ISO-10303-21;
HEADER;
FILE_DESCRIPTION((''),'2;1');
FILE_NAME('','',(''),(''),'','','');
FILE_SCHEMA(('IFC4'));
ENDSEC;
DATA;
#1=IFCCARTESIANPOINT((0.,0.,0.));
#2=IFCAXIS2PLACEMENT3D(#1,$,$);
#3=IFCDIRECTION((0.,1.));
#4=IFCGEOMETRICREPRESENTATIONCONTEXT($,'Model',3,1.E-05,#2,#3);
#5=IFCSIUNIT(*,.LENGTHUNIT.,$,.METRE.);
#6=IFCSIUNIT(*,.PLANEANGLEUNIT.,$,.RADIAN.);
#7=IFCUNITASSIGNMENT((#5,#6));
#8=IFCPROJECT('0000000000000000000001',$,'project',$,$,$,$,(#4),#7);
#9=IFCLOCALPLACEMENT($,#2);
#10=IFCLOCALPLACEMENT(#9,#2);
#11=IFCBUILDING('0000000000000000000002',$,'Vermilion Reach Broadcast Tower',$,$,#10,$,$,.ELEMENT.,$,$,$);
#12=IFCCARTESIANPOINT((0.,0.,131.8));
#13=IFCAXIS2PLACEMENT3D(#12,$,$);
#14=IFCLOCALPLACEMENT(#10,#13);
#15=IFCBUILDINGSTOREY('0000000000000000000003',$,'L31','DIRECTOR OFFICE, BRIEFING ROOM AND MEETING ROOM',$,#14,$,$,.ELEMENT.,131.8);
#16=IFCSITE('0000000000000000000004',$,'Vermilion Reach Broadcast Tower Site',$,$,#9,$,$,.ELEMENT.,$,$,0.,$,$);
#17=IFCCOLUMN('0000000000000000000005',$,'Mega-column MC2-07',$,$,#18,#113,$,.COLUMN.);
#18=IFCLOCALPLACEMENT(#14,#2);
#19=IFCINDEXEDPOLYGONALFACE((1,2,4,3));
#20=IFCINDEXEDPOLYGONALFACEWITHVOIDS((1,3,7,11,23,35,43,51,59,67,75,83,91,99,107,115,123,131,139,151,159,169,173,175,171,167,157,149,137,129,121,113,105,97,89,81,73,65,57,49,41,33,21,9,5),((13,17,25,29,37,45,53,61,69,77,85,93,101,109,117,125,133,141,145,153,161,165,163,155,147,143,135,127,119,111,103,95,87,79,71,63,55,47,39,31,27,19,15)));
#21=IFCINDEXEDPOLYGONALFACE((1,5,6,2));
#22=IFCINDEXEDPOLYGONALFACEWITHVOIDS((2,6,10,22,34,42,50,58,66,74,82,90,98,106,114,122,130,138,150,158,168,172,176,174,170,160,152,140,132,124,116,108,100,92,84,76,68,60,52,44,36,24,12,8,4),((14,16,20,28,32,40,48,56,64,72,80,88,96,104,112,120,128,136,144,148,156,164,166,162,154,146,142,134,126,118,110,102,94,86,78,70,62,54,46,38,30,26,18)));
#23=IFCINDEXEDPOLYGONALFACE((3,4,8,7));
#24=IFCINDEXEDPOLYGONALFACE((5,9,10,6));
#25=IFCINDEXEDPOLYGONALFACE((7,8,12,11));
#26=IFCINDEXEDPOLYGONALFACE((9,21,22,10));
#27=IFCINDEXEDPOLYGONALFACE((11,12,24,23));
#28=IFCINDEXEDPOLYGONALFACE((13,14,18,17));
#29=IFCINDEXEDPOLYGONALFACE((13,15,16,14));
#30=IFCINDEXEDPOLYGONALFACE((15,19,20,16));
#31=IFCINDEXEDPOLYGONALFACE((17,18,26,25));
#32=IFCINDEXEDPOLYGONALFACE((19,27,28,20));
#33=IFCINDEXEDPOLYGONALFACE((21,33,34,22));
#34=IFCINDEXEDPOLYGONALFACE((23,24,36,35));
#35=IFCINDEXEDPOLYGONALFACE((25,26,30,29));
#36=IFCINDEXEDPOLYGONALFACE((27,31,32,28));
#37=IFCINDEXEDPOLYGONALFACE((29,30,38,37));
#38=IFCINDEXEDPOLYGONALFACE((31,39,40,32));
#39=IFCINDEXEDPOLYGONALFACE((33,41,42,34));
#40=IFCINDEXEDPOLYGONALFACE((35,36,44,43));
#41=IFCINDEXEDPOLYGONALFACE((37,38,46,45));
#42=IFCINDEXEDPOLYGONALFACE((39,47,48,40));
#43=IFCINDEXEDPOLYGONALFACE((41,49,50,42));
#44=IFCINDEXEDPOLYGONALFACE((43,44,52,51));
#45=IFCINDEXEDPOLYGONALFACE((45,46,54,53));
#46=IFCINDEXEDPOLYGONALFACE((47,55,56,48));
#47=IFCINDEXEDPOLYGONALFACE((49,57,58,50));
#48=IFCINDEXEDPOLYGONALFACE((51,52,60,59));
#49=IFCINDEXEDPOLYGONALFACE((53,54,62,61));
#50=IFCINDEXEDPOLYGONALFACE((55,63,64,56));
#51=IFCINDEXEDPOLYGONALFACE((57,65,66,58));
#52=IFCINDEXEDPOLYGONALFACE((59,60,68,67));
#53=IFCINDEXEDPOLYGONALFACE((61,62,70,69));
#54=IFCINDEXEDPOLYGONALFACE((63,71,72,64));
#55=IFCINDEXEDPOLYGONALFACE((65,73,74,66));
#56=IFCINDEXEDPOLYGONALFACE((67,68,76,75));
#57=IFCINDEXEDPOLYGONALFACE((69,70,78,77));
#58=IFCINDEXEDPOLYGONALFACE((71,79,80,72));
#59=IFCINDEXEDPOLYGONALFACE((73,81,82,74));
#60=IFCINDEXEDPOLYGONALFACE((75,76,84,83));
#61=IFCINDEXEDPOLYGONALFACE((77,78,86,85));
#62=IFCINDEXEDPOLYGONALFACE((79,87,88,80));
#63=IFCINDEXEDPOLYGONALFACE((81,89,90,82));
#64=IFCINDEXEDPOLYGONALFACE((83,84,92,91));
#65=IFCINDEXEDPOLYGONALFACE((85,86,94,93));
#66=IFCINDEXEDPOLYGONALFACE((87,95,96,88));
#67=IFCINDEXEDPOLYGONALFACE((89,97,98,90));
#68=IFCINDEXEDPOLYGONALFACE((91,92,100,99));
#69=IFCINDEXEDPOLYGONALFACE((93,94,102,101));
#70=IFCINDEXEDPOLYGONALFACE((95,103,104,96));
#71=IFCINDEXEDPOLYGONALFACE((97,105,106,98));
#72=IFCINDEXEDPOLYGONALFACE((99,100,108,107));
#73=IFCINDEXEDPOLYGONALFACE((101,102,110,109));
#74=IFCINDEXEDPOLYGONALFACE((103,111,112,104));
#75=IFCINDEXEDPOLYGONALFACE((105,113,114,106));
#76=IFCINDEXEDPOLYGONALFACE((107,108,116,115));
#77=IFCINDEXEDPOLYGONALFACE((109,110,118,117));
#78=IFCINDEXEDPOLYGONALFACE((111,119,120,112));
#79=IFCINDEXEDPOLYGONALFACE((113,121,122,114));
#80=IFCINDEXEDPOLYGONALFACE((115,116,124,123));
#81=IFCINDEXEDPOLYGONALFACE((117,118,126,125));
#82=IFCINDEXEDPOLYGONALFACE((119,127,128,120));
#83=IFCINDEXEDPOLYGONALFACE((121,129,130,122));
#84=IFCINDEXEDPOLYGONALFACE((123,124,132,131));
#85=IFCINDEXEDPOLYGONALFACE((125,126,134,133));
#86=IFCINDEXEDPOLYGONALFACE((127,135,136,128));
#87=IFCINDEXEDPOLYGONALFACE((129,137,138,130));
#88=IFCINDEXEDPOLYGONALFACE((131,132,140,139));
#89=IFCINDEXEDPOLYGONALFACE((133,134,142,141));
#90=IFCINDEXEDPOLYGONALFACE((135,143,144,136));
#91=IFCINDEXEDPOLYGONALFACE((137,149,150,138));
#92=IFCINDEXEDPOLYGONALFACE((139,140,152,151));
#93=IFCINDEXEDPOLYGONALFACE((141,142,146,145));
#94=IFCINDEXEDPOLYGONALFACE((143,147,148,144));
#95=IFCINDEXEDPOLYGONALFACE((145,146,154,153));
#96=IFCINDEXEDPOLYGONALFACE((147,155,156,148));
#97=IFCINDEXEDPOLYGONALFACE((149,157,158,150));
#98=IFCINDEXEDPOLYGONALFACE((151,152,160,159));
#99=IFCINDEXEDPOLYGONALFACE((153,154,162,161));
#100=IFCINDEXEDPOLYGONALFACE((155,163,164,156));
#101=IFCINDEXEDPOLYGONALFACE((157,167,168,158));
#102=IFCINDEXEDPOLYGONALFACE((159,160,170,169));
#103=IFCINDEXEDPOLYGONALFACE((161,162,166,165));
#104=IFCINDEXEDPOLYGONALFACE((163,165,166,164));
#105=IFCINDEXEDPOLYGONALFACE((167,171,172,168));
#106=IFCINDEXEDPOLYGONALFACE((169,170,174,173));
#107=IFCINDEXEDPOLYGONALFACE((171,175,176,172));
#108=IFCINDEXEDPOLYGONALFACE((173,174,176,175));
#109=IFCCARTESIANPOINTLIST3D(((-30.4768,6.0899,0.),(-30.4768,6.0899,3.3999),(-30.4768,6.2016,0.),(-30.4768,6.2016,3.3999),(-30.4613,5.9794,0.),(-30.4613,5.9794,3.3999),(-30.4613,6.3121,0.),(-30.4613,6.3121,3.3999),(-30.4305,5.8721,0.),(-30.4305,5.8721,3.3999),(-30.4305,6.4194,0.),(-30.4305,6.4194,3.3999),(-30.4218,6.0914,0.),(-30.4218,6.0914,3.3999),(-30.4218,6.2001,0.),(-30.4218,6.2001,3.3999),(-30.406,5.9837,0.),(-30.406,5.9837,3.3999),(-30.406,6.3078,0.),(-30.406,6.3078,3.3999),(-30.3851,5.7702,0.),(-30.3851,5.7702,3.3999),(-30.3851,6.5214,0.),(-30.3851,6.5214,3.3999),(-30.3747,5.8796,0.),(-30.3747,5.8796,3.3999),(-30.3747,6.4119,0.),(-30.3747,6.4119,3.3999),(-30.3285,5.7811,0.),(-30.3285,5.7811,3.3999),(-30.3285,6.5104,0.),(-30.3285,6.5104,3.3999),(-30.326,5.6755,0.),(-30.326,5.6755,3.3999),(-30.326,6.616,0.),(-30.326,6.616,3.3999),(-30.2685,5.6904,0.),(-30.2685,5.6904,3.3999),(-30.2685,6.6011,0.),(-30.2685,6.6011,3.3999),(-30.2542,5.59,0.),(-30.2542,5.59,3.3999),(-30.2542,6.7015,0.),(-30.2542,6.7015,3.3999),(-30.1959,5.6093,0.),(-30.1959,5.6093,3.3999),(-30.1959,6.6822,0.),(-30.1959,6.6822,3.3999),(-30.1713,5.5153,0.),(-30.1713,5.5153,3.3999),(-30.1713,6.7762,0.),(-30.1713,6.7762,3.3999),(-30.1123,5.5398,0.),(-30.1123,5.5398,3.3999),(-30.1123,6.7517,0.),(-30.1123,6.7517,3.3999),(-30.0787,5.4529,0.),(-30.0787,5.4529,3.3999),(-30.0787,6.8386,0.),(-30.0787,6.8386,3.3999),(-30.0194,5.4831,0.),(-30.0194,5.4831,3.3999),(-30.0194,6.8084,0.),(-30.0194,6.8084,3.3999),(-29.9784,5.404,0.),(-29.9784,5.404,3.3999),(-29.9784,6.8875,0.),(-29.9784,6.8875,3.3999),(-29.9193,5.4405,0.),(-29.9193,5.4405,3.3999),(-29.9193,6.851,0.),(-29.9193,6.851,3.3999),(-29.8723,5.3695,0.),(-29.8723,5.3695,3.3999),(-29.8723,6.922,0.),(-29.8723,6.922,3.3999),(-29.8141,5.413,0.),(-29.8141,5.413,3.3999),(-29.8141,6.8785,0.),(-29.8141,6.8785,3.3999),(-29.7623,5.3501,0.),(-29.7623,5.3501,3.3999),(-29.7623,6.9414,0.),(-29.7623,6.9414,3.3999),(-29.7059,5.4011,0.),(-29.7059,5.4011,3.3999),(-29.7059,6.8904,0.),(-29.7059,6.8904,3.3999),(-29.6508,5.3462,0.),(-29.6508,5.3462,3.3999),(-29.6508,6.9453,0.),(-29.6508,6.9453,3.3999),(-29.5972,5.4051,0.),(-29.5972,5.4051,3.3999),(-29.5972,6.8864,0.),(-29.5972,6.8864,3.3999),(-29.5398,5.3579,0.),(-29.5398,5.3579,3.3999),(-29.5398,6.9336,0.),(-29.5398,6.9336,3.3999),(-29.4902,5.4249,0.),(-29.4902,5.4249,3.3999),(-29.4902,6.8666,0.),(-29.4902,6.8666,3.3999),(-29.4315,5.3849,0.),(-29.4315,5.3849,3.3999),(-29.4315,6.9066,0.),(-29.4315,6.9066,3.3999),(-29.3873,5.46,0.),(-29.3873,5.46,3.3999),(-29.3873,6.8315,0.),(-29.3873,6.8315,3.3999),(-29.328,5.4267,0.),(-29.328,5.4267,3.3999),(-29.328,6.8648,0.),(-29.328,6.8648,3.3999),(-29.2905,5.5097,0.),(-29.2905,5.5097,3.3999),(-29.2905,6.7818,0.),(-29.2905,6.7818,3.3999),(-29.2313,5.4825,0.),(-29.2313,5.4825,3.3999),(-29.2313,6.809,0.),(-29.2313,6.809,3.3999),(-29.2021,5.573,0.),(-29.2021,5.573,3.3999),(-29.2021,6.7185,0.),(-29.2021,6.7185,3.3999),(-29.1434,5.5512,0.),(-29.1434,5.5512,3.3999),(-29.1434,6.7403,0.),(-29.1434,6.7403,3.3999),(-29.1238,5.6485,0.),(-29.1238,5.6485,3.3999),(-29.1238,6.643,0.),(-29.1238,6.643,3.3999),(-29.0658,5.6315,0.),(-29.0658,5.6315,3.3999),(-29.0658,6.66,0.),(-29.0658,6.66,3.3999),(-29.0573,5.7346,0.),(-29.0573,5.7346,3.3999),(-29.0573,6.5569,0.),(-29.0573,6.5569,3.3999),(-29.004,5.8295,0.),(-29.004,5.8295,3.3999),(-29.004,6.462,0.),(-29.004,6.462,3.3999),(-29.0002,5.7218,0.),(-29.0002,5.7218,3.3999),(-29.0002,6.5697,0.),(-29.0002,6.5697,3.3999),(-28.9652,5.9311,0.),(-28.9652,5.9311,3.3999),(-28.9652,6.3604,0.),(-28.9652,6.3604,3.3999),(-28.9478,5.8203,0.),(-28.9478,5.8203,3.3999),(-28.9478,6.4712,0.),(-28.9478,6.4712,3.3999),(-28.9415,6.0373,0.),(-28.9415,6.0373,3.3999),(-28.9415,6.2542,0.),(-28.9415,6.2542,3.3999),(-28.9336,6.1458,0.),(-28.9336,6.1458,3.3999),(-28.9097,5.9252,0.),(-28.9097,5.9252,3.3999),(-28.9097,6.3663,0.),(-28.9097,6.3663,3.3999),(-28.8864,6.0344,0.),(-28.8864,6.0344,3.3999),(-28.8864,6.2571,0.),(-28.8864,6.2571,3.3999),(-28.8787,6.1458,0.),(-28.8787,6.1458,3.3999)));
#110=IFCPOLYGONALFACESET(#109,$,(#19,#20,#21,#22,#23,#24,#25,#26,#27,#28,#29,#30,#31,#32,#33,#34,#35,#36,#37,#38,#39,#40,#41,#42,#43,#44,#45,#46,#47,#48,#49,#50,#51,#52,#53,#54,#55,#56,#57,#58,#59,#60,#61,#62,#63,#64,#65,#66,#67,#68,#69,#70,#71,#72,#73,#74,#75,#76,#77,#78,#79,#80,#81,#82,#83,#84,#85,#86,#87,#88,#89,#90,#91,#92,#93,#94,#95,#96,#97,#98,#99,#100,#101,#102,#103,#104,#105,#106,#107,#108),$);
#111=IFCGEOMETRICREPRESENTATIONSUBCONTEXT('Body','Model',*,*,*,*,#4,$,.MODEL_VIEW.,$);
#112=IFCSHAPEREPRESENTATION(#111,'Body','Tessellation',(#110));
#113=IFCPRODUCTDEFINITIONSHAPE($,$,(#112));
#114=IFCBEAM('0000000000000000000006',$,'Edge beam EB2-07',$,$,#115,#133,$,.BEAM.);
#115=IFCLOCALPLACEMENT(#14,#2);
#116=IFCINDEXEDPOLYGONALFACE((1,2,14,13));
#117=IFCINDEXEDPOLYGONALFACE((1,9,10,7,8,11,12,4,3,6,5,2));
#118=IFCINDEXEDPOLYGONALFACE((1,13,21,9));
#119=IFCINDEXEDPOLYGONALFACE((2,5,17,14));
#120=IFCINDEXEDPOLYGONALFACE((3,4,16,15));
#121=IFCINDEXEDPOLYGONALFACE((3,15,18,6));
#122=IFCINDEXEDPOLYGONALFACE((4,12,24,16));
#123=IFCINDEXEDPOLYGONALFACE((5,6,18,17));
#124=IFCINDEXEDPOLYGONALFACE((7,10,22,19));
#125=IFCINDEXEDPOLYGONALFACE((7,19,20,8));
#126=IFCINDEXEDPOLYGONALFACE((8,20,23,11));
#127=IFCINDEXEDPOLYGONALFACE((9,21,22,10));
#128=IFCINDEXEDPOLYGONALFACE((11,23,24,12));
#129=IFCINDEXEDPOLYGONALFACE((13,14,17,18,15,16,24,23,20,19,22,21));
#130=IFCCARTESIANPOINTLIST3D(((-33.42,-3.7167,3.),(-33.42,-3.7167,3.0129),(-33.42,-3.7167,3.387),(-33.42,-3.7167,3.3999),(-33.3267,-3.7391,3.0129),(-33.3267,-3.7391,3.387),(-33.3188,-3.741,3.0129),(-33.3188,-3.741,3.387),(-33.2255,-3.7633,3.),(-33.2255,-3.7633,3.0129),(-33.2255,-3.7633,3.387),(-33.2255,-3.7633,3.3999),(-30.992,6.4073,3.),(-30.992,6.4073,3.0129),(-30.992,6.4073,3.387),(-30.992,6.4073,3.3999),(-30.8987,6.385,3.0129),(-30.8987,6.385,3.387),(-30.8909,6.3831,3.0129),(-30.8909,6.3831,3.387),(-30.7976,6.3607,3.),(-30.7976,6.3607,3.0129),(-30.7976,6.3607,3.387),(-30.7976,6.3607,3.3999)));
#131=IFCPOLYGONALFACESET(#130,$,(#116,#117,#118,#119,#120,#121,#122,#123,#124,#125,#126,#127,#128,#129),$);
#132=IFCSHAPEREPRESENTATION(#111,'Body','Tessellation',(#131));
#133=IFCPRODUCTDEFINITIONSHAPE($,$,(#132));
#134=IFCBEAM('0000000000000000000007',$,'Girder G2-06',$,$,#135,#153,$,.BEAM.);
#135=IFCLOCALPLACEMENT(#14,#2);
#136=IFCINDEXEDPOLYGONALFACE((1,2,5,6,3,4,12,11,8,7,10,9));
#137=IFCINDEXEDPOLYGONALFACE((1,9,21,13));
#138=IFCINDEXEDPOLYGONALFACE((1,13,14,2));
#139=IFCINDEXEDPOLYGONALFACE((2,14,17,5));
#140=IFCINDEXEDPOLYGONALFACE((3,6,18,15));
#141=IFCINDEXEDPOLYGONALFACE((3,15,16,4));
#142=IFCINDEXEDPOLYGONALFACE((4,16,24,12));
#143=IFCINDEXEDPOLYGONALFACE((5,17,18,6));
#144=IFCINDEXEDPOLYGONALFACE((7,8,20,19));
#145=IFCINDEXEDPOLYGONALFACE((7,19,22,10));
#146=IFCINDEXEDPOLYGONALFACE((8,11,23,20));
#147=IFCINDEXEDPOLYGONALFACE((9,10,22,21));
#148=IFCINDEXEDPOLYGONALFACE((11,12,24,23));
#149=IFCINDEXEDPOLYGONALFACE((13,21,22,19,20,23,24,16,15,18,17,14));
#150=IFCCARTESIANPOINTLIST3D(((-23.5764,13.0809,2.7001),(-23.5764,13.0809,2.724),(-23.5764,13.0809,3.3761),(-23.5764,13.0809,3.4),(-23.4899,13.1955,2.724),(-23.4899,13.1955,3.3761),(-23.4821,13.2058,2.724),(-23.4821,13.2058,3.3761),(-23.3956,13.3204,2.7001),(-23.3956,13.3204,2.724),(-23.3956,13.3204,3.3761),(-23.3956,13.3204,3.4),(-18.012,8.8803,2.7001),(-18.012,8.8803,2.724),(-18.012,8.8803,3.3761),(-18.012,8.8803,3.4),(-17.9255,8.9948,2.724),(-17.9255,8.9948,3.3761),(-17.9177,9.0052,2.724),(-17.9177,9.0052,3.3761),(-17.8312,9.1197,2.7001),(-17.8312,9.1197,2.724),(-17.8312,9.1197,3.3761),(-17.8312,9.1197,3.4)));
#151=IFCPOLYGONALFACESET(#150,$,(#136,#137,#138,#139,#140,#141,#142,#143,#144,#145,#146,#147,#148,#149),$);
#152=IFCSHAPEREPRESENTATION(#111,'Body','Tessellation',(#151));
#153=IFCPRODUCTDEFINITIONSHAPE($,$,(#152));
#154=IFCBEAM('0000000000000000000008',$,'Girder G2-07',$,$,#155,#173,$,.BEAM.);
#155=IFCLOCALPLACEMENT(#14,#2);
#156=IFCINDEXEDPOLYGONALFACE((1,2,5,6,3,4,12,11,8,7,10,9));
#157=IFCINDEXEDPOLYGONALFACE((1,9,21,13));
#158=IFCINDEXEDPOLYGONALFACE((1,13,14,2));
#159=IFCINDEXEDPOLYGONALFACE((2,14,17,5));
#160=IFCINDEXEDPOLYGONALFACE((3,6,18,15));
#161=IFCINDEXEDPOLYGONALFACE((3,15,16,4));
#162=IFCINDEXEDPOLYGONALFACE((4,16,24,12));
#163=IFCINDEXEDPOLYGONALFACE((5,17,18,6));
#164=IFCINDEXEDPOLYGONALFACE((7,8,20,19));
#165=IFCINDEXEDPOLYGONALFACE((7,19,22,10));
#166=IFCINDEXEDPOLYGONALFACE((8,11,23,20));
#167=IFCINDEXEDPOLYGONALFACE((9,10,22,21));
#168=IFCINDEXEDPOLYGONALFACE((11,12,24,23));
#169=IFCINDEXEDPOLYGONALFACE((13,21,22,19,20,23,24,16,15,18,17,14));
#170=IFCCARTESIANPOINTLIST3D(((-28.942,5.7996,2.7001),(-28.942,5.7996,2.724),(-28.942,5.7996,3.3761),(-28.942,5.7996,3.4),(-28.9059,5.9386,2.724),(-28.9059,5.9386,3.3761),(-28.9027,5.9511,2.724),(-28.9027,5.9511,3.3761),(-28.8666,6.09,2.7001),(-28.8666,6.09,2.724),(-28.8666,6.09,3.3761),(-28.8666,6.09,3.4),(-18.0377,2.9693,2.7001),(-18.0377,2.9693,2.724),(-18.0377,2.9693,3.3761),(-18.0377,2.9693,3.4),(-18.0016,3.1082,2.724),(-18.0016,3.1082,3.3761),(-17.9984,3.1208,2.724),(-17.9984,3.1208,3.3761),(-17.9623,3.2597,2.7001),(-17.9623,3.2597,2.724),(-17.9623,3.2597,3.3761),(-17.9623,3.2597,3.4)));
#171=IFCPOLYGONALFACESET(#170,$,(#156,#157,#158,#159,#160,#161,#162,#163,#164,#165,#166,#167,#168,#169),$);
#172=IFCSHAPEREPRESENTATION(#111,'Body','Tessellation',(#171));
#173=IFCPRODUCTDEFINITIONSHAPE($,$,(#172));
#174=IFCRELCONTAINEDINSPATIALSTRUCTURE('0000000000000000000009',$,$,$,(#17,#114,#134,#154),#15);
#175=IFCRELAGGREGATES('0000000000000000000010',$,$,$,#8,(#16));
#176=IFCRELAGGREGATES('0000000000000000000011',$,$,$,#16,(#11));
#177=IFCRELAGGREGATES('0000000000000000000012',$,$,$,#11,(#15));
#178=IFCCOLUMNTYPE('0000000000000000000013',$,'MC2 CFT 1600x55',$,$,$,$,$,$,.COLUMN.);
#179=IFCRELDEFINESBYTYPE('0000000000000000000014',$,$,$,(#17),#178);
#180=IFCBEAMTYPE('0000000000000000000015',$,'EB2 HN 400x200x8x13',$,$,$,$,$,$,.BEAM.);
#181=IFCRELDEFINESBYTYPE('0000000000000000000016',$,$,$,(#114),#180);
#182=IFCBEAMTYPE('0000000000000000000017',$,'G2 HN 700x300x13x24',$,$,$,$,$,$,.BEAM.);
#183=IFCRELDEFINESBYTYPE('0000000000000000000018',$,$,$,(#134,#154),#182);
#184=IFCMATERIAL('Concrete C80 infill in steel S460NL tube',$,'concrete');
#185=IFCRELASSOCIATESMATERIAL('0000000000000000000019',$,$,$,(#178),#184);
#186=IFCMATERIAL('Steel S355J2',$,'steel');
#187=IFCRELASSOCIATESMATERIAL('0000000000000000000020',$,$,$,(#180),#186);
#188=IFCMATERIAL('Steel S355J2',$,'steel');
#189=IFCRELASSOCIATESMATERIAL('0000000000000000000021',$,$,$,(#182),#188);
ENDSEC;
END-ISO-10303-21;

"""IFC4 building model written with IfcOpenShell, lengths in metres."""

from ifc_helpers import new_model, si_unit, direction, frame, origin, origin_2d, place, context, subcontext, project, spatial, hollow_circle, i_section, extrude, material, material_profile, profile_set, type_object, element, save


model = new_model("IFC4")

# Units and contexts
model_context = context("Model", 3, precision=1e-05, world=origin(), true_north=direction((0.0, 1.0)))
body_context = subcontext(model_context, "Body", "Model", "MODEL_VIEW")
ifc_project = project(units=[si_unit("LENGTHUNIT", "METRE"), si_unit("PLANEANGLEUNIT", "RADIAN")], contexts=[model_context])

# Site, building, storey
site_placement = place(None, origin())
site = spatial("IfcSite", under=ifc_project, at=site_placement, Name="Vermilion Reach Broadcast Tower Site", CompositionType="ELEMENT", RefElevation=0.0)
building_placement = place(site_placement, origin())
building = spatial("IfcBuilding", under=site, at=building_placement, Name="Vermilion Reach Broadcast Tower", CompositionType="ELEMENT")
storey_placement = place(building_placement, frame((0.0, 0.0, 131.8)))
storey = spatial("IfcBuildingStorey", under=building, at=storey_placement, Name="L31", Description="DIRECTOR OFFICE, BRIEFING ROOM AND MEETING ROOM", CompositionType="ELEMENT", Elevation=131.8)

# Column
ifc_material_1 = material(Name="Concrete C80 infill in steel S460NL tube", Category="concrete")
ifc_material_profile_1 = material_profile(ifc_material_1, hollow_circle(Radius=0.8, WallThickness=0.0549, at=origin_2d()), Name="Concrete C80 infill in steel S460NL tube CFT 1600x55")
ifc_profile_set_1 = profile_set([ifc_material_profile_1], Name="Concrete C80 infill in steel S460NL tube")
column_type = type_object("IfcColumnType", Name="MC2 CFT 1600x55", PredefinedType="COLUMN", material=ifc_profile_set_1)
column_placement = place(storey_placement, frame((-29.6787, 6.1458, 0.0), z_axis=(0.0, 0.0, 1.0), x_axis=(1.0, 0.0, 0.0)))
element("IfcColumn", 1, at=column_placement, inside=storey, type_object=column_type, Name="Mega-column MC2-07", PredefinedType="COLUMN", context=body_context, shape_type="SweptSolid", body=[
    extrude(hollow_circle(Radius=0.8, WallThickness=0.0549, at=origin_2d()), origin(), (0.0, 0.0, 1.0), 3.3999),
])

# Beams
ifc_material_2 = material(Name="Steel S355J2", Category="steel")
ifc_material_profile_2 = material_profile(ifc_material_2, i_section(OverallWidth=0.2, OverallDepth=0.3999, WebThickness=0.0081, FlangeThickness=0.0129, at=origin_2d()), Name="S355J2 HN 400x200x8x13")
ifc_profile_set_2 = profile_set([ifc_material_profile_2], Name="Steel S355J2")
beam_type_1 = type_object("IfcBeamType", Name="EB2 HN 400x200x8x13", PredefinedType="BEAM", material=ifc_profile_set_2)
beam_1_placement = place(storey_placement, frame((-30.8948, 6.384, 3.2), z_axis=(-0.233211, -0.972426, 0.0), x_axis=(0.972426, -0.233211, 0.0)))
element("IfcBeam", 2, at=beam_1_placement, inside=storey, type_object=beam_type_1, Name="Edge beam EB2-07", PredefinedType="BEAM", context=body_context, shape_type="SweptSolid", body=[
    extrude(i_section(OverallWidth=0.2, OverallDepth=0.3999, WebThickness=0.0081, FlangeThickness=0.0129, at=origin_2d()), origin(), (0.0, 0.0, 1.0), 10.4111),
])
ifc_material_3 = material(Name="Steel S355J2", Category="steel")
ifc_material_profile_3 = material_profile(ifc_material_3, i_section(OverallWidth=0.3, OverallDepth=0.7, WebThickness=0.0129, FlangeThickness=0.0239, at=origin_2d()), Name="S355J2 HN 700x300x13x24")
ifc_profile_set_3 = profile_set([ifc_material_profile_3], Name="Steel S355J2")
beam_type_2 = type_object("IfcBeamType", Name="G2 HN 700x300x13x24", PredefinedType="BEAM", material=ifc_profile_set_3)
beam_2_placement = place(storey_placement, frame((-17.9216, 9.0, 3.05), z_axis=(-0.798114, 0.602507, 0.0), x_axis=(-0.602507, -0.798114, 0.0)))
element("IfcBeam", 3, at=beam_2_placement, inside=storey, type_object=beam_type_2, Name="Girder G2-06", PredefinedType="BEAM", context=body_context, shape_type="SweptSolid", body=[
    extrude(i_section(OverallWidth=0.3, OverallDepth=0.7, WebThickness=0.0129, FlangeThickness=0.0239, at=origin_2d()), origin(), (0.0, 0.0, 1.0), 6.9719),
])
beam_3_placement = place(storey_placement, frame((-18.0, 3.1145, 3.05), z_axis=(-0.967926, 0.251235, 0.0), x_axis=(-0.251235, -0.967926, 0.0)))
element("IfcBeam", 4, at=beam_3_placement, inside=storey, type_object=beam_type_2, Name="Girder G2-07", PredefinedType="BEAM", context=body_context, shape_type="SweptSolid", body=[
    extrude(i_section(OverallWidth=0.3, OverallDepth=0.7, WebThickness=0.0129, FlangeThickness=0.0239, at=origin_2d()), origin(), (0.0, 0.0, 1.0), 11.2656),
])

save(model, "model.ifc")
